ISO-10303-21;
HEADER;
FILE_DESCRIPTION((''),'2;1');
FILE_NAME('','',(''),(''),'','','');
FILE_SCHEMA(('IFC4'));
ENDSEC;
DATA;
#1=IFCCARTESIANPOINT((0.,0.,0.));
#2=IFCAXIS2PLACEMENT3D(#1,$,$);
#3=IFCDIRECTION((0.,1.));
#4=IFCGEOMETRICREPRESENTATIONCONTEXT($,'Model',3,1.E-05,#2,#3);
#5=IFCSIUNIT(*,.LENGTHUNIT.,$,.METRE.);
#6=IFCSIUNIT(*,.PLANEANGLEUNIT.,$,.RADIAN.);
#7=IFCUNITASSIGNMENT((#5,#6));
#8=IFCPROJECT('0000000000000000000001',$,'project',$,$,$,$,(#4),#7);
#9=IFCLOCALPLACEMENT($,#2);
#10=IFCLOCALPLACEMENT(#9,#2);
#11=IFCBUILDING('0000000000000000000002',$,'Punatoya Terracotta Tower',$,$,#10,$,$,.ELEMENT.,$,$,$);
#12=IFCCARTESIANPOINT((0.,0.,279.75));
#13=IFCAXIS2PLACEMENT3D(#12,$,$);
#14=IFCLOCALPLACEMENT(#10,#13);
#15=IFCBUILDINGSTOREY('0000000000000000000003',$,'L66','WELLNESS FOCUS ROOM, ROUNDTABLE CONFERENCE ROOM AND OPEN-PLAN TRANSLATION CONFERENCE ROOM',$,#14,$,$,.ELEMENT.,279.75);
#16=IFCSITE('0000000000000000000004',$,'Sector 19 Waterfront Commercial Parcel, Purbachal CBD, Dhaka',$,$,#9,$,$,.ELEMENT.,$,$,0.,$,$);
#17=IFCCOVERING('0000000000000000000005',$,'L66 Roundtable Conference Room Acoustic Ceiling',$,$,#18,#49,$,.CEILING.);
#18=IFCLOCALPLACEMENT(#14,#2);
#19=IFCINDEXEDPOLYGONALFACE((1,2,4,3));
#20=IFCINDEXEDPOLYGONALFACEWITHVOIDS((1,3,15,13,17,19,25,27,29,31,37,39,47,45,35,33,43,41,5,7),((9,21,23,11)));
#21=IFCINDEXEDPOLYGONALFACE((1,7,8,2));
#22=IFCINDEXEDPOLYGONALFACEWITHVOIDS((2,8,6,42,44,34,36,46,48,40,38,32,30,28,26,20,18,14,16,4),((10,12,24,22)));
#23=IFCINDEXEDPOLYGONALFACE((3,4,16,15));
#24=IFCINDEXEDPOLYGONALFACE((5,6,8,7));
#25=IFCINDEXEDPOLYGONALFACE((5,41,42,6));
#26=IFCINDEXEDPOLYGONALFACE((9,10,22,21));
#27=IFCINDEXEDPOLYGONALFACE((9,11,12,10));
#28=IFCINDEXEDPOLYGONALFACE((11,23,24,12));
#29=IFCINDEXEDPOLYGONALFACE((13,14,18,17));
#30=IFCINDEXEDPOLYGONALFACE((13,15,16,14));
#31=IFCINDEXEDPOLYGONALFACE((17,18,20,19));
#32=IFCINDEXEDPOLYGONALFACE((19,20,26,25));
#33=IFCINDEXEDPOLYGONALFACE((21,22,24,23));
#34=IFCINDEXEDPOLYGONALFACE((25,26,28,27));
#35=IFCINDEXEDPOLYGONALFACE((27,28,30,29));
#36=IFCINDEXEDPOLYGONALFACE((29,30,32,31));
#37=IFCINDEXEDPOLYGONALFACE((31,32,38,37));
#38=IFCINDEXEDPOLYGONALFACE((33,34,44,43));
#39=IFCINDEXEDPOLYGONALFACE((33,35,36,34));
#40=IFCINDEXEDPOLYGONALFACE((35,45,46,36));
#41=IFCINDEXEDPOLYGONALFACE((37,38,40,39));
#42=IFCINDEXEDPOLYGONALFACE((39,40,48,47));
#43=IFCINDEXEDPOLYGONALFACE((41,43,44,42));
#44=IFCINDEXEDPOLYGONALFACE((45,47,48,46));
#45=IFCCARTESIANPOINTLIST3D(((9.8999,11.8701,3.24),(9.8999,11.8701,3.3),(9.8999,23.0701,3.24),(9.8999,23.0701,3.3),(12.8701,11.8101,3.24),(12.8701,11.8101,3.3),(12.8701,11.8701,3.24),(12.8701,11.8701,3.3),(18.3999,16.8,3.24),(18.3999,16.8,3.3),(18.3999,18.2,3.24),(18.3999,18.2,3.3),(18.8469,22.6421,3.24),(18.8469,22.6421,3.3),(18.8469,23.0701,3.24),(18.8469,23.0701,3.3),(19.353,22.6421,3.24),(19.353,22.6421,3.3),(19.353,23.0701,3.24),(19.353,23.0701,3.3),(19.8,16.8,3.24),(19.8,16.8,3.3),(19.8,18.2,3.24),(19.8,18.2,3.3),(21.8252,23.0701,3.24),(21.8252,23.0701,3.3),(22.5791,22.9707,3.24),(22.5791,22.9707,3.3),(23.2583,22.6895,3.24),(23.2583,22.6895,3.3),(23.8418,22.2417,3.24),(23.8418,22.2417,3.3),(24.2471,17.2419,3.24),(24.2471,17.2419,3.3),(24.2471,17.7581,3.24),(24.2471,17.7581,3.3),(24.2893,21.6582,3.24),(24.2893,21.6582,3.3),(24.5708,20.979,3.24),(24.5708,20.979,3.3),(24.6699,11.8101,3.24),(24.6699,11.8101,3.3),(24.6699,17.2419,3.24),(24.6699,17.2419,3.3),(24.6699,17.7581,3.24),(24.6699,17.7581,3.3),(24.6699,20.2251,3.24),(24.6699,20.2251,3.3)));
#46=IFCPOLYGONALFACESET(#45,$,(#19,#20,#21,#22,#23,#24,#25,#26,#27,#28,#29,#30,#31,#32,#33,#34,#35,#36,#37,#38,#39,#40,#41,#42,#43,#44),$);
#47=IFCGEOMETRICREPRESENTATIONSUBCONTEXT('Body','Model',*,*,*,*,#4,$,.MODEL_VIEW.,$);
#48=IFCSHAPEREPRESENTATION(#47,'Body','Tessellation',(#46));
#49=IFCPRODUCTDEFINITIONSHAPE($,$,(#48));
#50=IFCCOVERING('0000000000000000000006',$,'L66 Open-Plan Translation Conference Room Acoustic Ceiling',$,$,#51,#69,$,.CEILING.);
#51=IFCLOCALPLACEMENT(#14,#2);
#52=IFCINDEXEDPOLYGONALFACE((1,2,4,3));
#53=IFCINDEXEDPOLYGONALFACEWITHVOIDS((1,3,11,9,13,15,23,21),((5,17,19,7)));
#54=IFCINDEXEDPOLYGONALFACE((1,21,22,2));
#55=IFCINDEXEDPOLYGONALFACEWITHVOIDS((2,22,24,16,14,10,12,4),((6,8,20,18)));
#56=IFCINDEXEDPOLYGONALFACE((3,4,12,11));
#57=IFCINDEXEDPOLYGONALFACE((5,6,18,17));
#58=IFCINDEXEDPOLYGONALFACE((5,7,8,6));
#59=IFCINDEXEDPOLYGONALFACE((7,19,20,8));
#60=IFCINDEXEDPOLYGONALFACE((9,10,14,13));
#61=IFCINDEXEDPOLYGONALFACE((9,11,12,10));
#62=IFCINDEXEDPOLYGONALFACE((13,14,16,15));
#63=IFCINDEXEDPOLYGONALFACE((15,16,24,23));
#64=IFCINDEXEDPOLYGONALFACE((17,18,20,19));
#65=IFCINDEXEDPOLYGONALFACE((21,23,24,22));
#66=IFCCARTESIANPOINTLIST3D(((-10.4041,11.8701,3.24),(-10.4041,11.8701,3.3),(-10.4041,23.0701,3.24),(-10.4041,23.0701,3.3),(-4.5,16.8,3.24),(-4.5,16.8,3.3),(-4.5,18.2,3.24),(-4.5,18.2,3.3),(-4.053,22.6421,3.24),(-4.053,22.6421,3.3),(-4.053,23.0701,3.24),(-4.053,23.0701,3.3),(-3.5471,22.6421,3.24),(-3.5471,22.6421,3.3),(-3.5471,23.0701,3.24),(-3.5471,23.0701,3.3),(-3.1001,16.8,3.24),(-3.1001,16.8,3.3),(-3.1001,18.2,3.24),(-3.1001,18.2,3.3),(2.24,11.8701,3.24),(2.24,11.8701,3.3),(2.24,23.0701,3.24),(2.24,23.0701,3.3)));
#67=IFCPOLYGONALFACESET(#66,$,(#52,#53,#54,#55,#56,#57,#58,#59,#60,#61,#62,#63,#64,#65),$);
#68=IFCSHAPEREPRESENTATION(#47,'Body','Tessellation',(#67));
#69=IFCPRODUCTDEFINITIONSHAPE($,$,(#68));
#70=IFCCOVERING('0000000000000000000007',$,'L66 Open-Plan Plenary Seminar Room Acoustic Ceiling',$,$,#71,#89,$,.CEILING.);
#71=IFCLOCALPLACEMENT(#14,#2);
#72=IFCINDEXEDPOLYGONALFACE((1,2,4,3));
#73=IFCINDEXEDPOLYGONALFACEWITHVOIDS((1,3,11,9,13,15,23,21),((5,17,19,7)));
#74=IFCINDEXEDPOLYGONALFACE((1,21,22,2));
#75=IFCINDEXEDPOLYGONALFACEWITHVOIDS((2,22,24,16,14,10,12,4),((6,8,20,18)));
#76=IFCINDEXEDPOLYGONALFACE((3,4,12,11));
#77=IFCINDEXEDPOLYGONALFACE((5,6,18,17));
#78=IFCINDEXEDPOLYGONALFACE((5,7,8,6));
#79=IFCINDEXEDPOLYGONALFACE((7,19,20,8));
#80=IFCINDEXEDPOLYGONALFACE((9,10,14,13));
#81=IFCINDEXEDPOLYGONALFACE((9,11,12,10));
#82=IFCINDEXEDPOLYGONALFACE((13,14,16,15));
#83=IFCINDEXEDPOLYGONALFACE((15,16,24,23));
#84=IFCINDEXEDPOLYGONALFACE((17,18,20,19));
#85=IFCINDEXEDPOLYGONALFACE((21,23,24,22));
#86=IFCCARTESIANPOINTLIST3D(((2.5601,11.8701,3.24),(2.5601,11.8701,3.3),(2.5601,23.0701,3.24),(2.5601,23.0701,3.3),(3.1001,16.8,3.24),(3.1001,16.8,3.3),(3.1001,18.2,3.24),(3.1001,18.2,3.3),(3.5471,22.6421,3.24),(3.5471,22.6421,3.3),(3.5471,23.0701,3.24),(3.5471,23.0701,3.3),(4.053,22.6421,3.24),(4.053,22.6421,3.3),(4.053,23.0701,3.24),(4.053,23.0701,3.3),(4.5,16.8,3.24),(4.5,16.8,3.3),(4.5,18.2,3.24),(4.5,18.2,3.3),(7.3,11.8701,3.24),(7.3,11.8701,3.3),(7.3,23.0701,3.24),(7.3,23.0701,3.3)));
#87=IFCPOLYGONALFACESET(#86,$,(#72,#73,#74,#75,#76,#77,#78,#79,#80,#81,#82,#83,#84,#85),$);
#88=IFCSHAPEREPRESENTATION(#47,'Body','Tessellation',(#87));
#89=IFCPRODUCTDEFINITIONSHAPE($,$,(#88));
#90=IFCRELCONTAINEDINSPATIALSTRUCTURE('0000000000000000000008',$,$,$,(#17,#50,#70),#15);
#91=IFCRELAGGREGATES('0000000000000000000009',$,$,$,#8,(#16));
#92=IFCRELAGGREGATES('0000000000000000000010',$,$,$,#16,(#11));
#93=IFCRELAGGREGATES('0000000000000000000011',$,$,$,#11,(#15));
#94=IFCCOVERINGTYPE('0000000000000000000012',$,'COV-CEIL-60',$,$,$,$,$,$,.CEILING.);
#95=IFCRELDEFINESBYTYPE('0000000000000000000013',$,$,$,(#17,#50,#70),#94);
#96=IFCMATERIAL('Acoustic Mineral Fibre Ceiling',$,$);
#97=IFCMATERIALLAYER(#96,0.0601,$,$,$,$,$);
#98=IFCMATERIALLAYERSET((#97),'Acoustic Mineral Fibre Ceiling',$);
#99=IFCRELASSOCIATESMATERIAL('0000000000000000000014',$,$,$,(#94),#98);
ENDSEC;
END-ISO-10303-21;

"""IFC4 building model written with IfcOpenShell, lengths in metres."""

from ifc_helpers import new_model, si_unit, direction, frame, origin, place, context, subcontext, project, spatial, polyline, outline, extrude, material, layer, layer_set, type_object, element, save


model = new_model("IFC4")

# Units and contexts
model_context = context("Model", 3, precision=1e-05, world=origin(), true_north=direction((0.0, 1.0)))
body_context = subcontext(model_context, "Body", "Model", "MODEL_VIEW")
ifc_project = project(units=[si_unit("LENGTHUNIT", "METRE"), si_unit("PLANEANGLEUNIT", "RADIAN")], contexts=[model_context])

# Site, building, storey
site_placement = place(None, origin())
site = spatial("IfcSite", under=ifc_project, at=site_placement, Name="Sector 19 Waterfront Commercial Parcel, Purbachal CBD, Dhaka", CompositionType="ELEMENT", RefElevation=0.0)
building_placement = place(site_placement, origin())
building = spatial("IfcBuilding", under=site, at=building_placement, Name="Punatoya Terracotta Tower", CompositionType="ELEMENT")
storey_placement = place(building_placement, frame((0.0, 0.0, 279.75)))
storey = spatial("IfcBuildingStorey", under=building, at=storey_placement, Name="L66", Description="WELLNESS FOCUS ROOM, ROUNDTABLE CONFERENCE ROOM AND OPEN-PLAN TRANSLATION CONFERENCE ROOM", CompositionType="ELEMENT", Elevation=279.75)

# Coverings
ifc_material_1 = material(Name="Acoustic Mineral Fibre Ceiling")
ifc_layer_1 = layer(ifc_material_1, 0.0601)
ifc_layer_set_1 = layer_set([ifc_layer_1], Name="Acoustic Mineral Fibre Ceiling")
covering_type = type_object("IfcCoveringType", Name="COV-CEIL-60", PredefinedType="CEILING", material=ifc_layer_set_1)
covering_1_placement = place(storey_placement, frame((0.0, 0.0, 3.24)))
element("IfcCovering", 1, at=covering_1_placement, inside=storey, type_object=covering_type, Name="L66 Roundtable Conference Room Acoustic Ceiling", PredefinedType="CEILING", context=body_context, shape_type="SweptSolid", body=[
    extrude(outline(polyline([(12.8701, 11.8101), (24.6699, 11.8101), (24.6699, 17.2419), (24.2471, 17.2419), (24.2471, 17.7581), (24.6699, 17.7581), (24.6699, 20.2251), (24.5708, 20.979), (24.2893, 21.6582), (23.8418, 22.2417), (23.2583, 22.6895), (22.5791, 22.9707), (21.8252, 23.0701), (19.353, 23.0701), (19.353, 22.6421), (18.8469, 22.6421), (18.8469, 23.0701), (9.8999, 23.0701), (9.8999, 11.8701), (12.8701, 11.8701), (12.8701, 11.8101)]), holes=[polyline([(19.8, 18.2), (19.8, 16.8), (18.3999, 16.8), (18.3999, 18.2), (19.8, 18.2)])]), origin(), (0.0, 0.0, 1.0), 0.0601),
])
covering_2_placement = place(storey_placement, frame((0.0, 0.0, 3.24)))
element("IfcCovering", 2, at=covering_2_placement, inside=storey, type_object=covering_type, Name="L66 Open-Plan Translation Conference Room Acoustic Ceiling", PredefinedType="CEILING", context=body_context, shape_type="SweptSolid", body=[
    extrude(outline(polyline([(2.24, 23.0701), (-3.5471, 23.0701), (-3.5471, 22.6421), (-4.053, 22.6421), (-4.053, 23.0701), (-10.4041, 23.0701), (-10.4041, 11.8701), (2.24, 11.8701), (2.24, 23.0701)]), holes=[polyline([(-4.5, 16.8), (-4.5, 18.2), (-3.1001, 18.2), (-3.1001, 16.8), (-4.5, 16.8)])]), origin(), (0.0, 0.0, 1.0), 0.0601),
])
covering_3_placement = place(storey_placement, frame((0.0, 0.0, 3.24)))
element("IfcCovering", 3, at=covering_3_placement, inside=storey, type_object=covering_type, Name="L66 Open-Plan Plenary Seminar Room Acoustic Ceiling", PredefinedType="CEILING", context=body_context, shape_type="SweptSolid", body=[
    extrude(outline(polyline([(7.3, 23.0701), (4.053, 23.0701), (4.053, 22.6421), (3.5471, 22.6421), (3.5471, 23.0701), (2.5601, 23.0701), (2.5601, 11.8701), (7.3, 11.8701), (7.3, 23.0701)]), holes=[polyline([(4.5, 16.8), (3.1001, 16.8), (3.1001, 18.2), (4.5, 18.2), (4.5, 16.8)])]), origin(), (0.0, 0.0, 1.0), 0.0601),
])

save(model, "model.ifc")
